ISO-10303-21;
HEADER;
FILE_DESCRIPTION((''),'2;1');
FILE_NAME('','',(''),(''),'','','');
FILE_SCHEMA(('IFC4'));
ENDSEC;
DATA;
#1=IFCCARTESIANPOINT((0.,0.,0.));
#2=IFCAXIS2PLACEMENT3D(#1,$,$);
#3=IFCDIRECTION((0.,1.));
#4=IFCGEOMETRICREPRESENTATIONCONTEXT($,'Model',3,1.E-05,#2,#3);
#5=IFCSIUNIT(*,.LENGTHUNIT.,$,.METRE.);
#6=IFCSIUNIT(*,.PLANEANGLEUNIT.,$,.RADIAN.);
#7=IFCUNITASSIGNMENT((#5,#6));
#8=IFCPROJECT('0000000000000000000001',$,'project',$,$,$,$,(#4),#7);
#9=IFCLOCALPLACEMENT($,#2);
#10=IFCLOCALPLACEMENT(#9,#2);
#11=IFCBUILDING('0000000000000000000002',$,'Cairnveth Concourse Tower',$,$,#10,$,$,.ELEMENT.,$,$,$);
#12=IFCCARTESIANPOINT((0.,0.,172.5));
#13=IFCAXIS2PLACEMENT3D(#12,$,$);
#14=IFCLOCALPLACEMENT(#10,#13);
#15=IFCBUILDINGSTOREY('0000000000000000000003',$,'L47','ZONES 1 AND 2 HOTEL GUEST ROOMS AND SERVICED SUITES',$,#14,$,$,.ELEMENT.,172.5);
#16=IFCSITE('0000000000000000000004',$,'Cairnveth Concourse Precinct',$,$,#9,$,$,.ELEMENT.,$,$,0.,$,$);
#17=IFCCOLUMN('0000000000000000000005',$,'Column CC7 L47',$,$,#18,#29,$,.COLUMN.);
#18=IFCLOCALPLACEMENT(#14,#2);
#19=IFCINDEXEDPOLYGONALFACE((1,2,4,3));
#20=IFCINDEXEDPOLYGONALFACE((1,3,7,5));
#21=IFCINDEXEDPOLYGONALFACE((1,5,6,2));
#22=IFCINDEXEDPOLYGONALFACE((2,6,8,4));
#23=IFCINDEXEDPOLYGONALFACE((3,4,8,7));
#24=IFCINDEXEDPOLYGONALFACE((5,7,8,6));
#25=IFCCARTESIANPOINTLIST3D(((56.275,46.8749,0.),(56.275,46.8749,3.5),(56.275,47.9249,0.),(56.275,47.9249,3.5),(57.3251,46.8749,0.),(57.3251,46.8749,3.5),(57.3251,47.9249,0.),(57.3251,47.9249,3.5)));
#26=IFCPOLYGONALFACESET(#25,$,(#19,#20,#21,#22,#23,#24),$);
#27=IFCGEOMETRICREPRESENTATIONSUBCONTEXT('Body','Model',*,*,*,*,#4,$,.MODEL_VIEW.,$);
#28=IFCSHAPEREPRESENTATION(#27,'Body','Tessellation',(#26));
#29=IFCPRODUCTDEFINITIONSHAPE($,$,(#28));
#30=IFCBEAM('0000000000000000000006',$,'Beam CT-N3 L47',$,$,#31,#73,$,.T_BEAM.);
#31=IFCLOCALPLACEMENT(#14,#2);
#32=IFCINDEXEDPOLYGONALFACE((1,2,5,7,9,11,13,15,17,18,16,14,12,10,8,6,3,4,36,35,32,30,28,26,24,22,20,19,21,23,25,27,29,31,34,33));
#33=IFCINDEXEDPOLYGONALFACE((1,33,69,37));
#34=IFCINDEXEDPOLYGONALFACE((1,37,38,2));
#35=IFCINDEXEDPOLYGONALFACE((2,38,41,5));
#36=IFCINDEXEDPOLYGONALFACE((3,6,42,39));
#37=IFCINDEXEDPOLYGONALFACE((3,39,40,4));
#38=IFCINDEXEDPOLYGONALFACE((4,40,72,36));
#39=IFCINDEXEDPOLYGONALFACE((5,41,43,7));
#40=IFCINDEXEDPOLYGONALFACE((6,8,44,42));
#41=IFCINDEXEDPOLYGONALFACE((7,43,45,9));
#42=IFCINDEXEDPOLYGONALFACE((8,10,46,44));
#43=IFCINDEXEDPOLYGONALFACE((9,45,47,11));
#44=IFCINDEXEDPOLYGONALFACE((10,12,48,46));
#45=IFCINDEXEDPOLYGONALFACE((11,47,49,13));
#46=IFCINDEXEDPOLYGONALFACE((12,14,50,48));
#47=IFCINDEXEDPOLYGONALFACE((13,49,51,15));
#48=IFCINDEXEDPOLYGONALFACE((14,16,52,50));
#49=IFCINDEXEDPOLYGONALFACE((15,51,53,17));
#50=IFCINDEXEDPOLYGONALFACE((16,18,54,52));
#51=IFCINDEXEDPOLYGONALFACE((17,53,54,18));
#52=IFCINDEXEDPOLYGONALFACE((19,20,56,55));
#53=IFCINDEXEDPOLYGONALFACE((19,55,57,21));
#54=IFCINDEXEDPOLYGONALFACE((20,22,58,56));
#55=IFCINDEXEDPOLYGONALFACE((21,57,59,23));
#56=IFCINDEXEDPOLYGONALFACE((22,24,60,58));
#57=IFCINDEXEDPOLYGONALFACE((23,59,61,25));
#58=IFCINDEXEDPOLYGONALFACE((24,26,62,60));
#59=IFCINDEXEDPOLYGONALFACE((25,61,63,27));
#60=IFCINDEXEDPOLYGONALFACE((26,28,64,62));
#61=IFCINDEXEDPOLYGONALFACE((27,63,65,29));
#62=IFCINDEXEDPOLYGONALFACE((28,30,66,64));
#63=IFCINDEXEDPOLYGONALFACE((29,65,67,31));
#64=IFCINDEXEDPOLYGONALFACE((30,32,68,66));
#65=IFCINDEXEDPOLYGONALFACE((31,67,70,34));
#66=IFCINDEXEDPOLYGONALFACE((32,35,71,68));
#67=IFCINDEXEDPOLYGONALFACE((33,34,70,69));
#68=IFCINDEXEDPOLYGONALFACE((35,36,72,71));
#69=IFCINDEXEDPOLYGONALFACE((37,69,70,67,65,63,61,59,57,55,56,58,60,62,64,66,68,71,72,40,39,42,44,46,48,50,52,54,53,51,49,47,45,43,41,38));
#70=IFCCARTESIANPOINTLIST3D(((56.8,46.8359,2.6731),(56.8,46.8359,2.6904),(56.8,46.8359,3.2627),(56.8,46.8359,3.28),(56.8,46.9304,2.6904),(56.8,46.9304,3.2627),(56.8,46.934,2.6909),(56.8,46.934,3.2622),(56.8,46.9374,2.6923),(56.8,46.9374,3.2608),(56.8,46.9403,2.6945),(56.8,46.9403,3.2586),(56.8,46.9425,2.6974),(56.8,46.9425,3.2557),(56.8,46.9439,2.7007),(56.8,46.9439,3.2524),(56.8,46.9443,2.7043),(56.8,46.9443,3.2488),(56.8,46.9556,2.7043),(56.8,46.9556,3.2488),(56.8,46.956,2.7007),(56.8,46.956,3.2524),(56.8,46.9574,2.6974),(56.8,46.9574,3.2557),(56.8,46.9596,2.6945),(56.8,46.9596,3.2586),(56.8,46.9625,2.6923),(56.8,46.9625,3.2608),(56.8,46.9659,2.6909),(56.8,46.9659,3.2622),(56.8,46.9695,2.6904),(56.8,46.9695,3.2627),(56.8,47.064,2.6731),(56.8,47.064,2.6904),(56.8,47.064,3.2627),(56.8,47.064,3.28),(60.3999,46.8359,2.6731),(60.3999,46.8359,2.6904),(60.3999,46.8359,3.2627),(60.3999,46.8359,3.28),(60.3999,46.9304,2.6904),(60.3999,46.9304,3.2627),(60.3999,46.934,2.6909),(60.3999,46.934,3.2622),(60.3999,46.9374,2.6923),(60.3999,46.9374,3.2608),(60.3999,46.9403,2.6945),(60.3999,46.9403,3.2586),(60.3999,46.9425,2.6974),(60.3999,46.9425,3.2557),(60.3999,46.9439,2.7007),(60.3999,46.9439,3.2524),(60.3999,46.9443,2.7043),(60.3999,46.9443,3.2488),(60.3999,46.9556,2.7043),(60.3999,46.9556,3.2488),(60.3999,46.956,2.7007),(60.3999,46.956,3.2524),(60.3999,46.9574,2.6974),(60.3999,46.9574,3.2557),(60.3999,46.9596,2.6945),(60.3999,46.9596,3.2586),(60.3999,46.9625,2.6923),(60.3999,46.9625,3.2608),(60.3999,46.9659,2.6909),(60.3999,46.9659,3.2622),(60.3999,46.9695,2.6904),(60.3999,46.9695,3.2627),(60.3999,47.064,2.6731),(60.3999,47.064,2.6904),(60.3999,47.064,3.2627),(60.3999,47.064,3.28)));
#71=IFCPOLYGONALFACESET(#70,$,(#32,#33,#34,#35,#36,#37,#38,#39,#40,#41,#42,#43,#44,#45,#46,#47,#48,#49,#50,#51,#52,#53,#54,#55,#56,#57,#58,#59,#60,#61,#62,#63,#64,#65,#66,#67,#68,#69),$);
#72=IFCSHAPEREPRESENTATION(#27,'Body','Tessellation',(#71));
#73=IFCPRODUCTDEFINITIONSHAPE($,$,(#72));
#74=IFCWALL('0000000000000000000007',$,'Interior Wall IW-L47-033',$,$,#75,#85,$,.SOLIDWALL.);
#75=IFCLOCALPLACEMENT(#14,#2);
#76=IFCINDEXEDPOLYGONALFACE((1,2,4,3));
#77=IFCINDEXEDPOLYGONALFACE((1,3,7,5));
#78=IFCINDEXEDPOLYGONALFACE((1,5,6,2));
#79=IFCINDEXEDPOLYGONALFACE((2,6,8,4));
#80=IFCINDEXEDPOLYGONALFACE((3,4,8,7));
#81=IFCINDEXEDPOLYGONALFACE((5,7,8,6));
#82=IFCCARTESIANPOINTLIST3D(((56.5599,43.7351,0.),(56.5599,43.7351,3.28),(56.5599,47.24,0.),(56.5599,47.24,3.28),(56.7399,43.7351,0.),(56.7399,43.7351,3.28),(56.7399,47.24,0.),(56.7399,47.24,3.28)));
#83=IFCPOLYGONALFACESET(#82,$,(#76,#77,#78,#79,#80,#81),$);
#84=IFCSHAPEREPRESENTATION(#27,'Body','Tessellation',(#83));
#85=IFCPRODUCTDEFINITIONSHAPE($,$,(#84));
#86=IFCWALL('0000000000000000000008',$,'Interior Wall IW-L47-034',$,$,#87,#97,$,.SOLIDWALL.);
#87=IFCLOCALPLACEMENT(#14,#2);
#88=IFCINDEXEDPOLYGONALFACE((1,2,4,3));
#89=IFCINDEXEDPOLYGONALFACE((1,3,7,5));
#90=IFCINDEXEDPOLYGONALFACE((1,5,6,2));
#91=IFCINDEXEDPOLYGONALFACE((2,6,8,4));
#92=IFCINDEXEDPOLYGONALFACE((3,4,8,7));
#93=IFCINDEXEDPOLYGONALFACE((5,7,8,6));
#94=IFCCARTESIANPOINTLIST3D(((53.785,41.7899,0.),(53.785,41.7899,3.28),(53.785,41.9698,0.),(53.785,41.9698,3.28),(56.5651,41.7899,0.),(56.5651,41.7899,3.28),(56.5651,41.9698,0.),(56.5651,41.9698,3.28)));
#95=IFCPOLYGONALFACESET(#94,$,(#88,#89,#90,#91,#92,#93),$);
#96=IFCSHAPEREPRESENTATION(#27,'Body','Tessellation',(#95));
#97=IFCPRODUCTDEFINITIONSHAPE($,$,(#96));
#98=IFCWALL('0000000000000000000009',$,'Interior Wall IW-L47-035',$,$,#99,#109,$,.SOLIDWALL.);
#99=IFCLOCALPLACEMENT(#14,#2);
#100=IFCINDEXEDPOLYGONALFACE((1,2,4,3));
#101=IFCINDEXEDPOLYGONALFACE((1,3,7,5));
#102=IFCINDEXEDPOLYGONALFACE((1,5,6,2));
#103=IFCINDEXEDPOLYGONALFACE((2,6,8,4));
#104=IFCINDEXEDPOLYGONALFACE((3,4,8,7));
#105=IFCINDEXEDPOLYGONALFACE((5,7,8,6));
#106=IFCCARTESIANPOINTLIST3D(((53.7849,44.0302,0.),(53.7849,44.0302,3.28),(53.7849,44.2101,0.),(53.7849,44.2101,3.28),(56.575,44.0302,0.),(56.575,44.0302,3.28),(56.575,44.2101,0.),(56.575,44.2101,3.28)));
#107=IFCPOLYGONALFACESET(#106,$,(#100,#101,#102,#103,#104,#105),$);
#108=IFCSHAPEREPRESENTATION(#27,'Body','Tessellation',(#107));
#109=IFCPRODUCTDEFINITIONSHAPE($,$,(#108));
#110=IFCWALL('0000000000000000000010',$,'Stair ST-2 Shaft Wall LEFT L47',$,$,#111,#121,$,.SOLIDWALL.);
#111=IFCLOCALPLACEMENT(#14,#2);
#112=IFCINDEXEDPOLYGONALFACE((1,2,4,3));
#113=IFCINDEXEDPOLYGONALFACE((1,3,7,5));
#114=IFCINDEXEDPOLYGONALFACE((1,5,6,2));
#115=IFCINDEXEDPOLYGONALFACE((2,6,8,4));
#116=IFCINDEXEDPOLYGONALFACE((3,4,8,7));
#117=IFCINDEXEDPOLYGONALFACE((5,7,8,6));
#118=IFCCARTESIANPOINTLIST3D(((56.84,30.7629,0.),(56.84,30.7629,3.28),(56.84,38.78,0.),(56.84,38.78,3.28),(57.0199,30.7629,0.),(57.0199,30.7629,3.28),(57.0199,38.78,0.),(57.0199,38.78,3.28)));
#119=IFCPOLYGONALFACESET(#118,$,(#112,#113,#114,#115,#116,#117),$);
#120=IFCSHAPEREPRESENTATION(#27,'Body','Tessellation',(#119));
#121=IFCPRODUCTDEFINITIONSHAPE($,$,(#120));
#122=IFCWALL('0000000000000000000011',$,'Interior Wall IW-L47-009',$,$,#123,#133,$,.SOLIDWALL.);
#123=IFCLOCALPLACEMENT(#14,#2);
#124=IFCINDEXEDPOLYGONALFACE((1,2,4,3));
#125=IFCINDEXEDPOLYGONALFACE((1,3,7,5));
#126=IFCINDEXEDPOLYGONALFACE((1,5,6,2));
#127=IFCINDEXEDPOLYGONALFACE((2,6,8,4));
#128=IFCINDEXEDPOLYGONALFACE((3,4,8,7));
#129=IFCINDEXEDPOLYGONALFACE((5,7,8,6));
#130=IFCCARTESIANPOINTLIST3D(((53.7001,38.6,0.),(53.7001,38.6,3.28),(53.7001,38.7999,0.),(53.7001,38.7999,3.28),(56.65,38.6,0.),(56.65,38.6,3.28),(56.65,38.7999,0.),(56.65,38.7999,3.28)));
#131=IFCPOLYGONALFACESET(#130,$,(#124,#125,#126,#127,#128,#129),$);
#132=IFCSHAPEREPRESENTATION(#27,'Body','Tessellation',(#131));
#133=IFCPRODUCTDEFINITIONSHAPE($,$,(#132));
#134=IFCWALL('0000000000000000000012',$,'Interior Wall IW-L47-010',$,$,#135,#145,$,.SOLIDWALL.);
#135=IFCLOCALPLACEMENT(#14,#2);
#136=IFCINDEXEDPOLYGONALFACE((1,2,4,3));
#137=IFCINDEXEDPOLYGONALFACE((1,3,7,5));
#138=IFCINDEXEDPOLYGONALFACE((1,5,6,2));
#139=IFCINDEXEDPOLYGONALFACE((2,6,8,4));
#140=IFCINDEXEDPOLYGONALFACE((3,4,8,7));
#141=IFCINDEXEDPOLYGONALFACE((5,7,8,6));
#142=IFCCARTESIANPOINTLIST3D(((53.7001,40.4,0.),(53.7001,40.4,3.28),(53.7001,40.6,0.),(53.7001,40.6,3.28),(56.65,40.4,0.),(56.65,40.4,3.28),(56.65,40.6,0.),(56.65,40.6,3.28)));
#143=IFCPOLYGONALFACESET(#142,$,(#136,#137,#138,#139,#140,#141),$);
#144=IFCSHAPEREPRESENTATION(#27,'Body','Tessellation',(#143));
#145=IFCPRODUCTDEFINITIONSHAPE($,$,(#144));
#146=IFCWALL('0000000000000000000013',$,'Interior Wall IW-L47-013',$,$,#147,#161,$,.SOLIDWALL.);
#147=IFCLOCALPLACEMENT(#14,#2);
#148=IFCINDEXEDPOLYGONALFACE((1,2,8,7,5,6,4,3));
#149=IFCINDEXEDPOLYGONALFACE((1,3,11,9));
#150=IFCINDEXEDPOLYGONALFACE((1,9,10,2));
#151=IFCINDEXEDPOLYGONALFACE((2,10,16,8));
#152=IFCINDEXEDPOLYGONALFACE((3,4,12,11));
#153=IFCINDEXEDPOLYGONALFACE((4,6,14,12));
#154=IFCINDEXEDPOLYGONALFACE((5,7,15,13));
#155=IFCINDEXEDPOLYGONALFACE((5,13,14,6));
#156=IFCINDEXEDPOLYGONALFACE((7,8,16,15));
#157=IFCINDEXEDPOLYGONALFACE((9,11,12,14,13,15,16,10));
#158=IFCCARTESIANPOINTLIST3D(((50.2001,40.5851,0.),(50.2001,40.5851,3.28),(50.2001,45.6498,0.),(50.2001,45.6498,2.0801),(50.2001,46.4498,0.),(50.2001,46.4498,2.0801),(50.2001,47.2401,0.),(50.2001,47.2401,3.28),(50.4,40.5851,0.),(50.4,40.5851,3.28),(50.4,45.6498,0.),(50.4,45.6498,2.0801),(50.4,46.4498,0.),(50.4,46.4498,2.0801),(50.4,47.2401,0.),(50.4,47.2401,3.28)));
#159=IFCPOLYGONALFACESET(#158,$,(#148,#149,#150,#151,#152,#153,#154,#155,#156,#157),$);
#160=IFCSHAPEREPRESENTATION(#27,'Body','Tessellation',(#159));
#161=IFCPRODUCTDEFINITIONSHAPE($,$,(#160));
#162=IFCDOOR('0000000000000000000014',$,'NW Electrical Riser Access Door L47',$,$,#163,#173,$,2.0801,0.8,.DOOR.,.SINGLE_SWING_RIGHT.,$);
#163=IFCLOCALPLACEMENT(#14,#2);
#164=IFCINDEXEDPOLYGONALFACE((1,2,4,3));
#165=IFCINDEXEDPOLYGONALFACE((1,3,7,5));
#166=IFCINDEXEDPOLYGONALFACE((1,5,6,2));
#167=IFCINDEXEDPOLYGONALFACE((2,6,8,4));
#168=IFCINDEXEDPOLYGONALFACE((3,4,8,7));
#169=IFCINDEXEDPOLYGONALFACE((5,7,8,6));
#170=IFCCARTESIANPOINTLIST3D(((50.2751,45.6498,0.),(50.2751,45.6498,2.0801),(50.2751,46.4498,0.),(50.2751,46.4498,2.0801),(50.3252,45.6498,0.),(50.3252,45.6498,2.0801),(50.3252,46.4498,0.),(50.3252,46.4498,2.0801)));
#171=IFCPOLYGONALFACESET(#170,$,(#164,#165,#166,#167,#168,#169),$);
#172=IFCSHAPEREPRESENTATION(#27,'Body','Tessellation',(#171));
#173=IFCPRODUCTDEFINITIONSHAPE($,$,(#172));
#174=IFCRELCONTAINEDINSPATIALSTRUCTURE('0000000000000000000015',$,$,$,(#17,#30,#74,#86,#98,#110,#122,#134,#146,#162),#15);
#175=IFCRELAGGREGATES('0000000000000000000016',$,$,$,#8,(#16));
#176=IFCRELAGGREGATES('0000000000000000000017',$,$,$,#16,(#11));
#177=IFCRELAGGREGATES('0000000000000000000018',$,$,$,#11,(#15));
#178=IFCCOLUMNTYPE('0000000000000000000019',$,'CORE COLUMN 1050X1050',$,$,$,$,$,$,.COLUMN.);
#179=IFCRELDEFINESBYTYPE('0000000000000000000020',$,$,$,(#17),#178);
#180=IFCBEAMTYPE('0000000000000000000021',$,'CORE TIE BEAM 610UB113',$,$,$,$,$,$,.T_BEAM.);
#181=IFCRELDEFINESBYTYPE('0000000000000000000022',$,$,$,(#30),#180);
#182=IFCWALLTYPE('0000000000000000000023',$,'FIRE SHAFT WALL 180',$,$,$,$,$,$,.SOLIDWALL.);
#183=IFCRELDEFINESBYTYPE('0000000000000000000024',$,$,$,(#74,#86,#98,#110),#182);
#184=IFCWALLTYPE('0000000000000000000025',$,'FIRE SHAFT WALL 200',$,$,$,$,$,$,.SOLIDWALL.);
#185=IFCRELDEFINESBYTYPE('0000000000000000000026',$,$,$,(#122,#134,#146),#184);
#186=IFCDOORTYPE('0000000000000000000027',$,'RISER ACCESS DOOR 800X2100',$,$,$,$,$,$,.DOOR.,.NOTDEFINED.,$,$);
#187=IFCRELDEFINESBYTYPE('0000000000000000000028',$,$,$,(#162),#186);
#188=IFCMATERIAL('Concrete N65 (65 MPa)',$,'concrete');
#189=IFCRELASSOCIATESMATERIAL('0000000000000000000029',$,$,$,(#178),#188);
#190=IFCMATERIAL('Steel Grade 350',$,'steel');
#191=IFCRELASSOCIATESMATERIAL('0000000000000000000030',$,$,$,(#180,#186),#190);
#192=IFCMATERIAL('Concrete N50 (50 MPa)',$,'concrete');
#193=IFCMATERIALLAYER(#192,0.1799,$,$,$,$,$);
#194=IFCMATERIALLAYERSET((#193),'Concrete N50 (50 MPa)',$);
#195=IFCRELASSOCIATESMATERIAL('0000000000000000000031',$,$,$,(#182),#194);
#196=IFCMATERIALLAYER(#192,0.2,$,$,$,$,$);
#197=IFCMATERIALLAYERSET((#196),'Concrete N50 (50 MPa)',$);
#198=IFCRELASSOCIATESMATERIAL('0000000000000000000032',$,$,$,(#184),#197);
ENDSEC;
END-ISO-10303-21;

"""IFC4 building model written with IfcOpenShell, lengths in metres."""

from ifc_helpers import new_model, si_unit, direction, frame, frame_2d, origin, origin_2d, place, context, subcontext, project, spatial, rectangle, i_section, extrude, material, layer, layer_set, material_profile, profile_set, type_object, element, fill, save


model = new_model("IFC4")

# Units and contexts
model_context = context("Model", 3, precision=1e-05, world=origin(), true_north=direction((0.0, 1.0)))
body_context = subcontext(model_context, "Body", "Model", "MODEL_VIEW")
ifc_project = project(units=[si_unit("LENGTHUNIT", "METRE"), si_unit("PLANEANGLEUNIT", "RADIAN")], contexts=[model_context])

# Site, building, storey
site_placement = place(None, origin())
site = spatial("IfcSite", under=ifc_project, at=site_placement, Name="Cairnveth Concourse Precinct", CompositionType="ELEMENT", RefElevation=0.0)
building_placement = place(site_placement, origin())
building = spatial("IfcBuilding", under=site, at=building_placement, Name="Cairnveth Concourse Tower", CompositionType="ELEMENT")
storey_placement = place(building_placement, frame((0.0, 0.0, 172.5)))
storey = spatial("IfcBuildingStorey", under=building, at=storey_placement, Name="L47", Description="ZONES 1 AND 2 HOTEL GUEST ROOMS AND SERVICED SUITES", CompositionType="ELEMENT", Elevation=172.5)

# Column
ifc_material_1 = material(Name="Concrete N65 (65 MPa)", Category="concrete")
ifc_material_profile_1 = material_profile(ifc_material_1, rectangle(XDim=1.05, YDim=1.05, at=origin_2d()), Name="RC-COL-1050x1050")
ifc_profile_set_1 = profile_set([ifc_material_profile_1], Name="Concrete N65 (65 MPa)")
column_type = type_object("IfcColumnType", Name="CORE COLUMN 1050X1050", PredefinedType="COLUMN", material=ifc_profile_set_1)
column_placement = place(storey_placement, frame((56.8, 47.3999, 0.0), z_axis=(0.0, 0.0, 1.0), x_axis=(1.0, 0.0, 0.0)))
element("IfcColumn", 1, at=column_placement, inside=storey, type_object=column_type, Name="Column CC7 L47", PredefinedType="COLUMN", context=body_context, shape_type="SweptSolid", body=[
    extrude(rectangle(XDim=1.05, YDim=1.05, at=origin_2d()), origin(), (0.0, 0.0, 1.0), 3.5),
])

# Beam
ifc_material_2 = material(Name="Steel Grade 350", Category="steel")
ifc_material_profile_2 = material_profile(ifc_material_2, i_section(OverallWidth=0.228, OverallDepth=0.6069, WebThickness=0.0112, FlangeThickness=0.0173, FilletRadius=0.0139, at=origin_2d()), Name="610UB113")
ifc_profile_set_2 = profile_set([ifc_material_profile_2], Name="Steel Grade 350")
beam_type = type_object("IfcBeamType", Name="CORE TIE BEAM 610UB113", PredefinedType="T_BEAM", material=ifc_profile_set_2)
beam_placement = place(storey_placement, frame((56.8, 46.95, 2.9766), z_axis=(1.0, 0.0, 0.0), x_axis=(0.0, 1.0, 0.0)))
element("IfcBeam", 2, at=beam_placement, inside=storey, type_object=beam_type, Name="Beam CT-N3 L47", PredefinedType="T_BEAM", context=body_context, shape_type="SweptSolid", body=[
    extrude(i_section(OverallWidth=0.228, OverallDepth=0.6069, WebThickness=0.0112, FlangeThickness=0.0173, FilletRadius=0.0139, at=origin_2d()), origin(), (0.0, 0.0, 1.0), 3.5999),
])

# Walls
ifc_material_3 = material(Name="Concrete N50 (50 MPa)", Category="concrete")
ifc_layer_1 = layer(ifc_material_3, 0.1799)
ifc_layer_set_1 = layer_set([ifc_layer_1], Name="Concrete N50 (50 MPa)")
wall_type_1 = type_object("IfcWallType", Name="FIRE SHAFT WALL 180", PredefinedType="SOLIDWALL", material=ifc_layer_set_1)
wall_1_placement = place(storey_placement, frame((56.6499, 43.7351, 0.0), z_axis=(0.0, 0.0, 1.0), x_axis=(0.0, 1.0, 0.0)))
element("IfcWall", 3, at=wall_1_placement, inside=storey, type_object=wall_type_1, Name="Interior Wall IW-L47-033", PredefinedType="SOLIDWALL", context=body_context, shape_type="SweptSolid", body=[
    extrude(rectangle(XDim=3.5049, YDim=0.1799, at=frame_2d((1.7524, 0.0))), origin(), (0.0, 0.0, 1.0), 3.28),
])
wall_2_placement = place(storey_placement, frame((53.7849, 41.8799, 0.0), z_axis=(0.0, 0.0, 1.0), x_axis=(1.0, 0.0, 0.0)))
element("IfcWall", 4, at=wall_2_placement, inside=storey, type_object=wall_type_1, Name="Interior Wall IW-L47-034", PredefinedType="SOLIDWALL", context=body_context, shape_type="SweptSolid", body=[
    extrude(rectangle(XDim=2.78, YDim=0.1799, at=frame_2d((1.3901, 0.0))), origin(), (0.0, 0.0, 1.0), 3.28),
])
wall_3_placement = place(storey_placement, frame((53.7849, 44.1201, 0.0), z_axis=(0.0, 0.0, 1.0), x_axis=(1.0, 0.0, 0.0)))
element("IfcWall", 5, at=wall_3_placement, inside=storey, type_object=wall_type_1, Name="Interior Wall IW-L47-035", PredefinedType="SOLIDWALL", context=body_context, shape_type="SweptSolid", body=[
    extrude(rectangle(XDim=2.79, YDim=0.1799, at=frame_2d((1.395, 0.0))), origin(), (0.0, 0.0, 1.0), 3.28),
])

# Walls
wall_4_placement = place(storey_placement, frame((56.9299, 38.78, 0.0), z_axis=(0.0, 0.0, 1.0), x_axis=(0.0, -1.0, 0.0)))
element("IfcWall", 6, at=wall_4_placement, inside=storey, type_object=wall_type_1, Name="Stair ST-2 Shaft Wall LEFT L47", PredefinedType="SOLIDWALL", context=body_context, shape_type="SweptSolid", body=[
    extrude(rectangle(XDim=8.0171, YDim=0.1799, at=frame_2d((4.0085, 0.0))), origin(), (0.0, 0.0, 1.0), 3.28),
])
ifc_layer_2 = layer(ifc_material_3, 0.2)
ifc_layer_set_2 = layer_set([ifc_layer_2], Name="Concrete N50 (50 MPa)")
wall_type_2 = type_object("IfcWallType", Name="FIRE SHAFT WALL 200", PredefinedType="SOLIDWALL", material=ifc_layer_set_2)
for number, where, z_axis, x_axis, name in (
    (7, (53.7, 38.7, 0.0), (0.0, 0.0, 1.0), (1.0, 0.0, 0.0), "Interior Wall IW-L47-009"),
    (8, (53.7, 40.5, 0.0), (0.0, 0.0, 1.0), (1.0, 0.0, 0.0), "Interior Wall IW-L47-010"),
):
    element("IfcWall", number, at=place(storey_placement, frame(where, z_axis=z_axis, x_axis=x_axis)), inside=storey, type_object=wall_type_2, Name=name, PredefinedType="SOLIDWALL", context=body_context, shape_type="SweptSolid", body=[
        extrude(rectangle(XDim=2.95, YDim=0.2, at=frame_2d((1.4751, 0.0))), origin(), (0.0, 0.0, 1.0), 3.28),
    ])

# Wall, opening, door
wall_5_placement = place(storey_placement, frame((50.3, 40.585, 0.0), z_axis=(0.0, 0.0, 1.0), x_axis=(0.0, 1.0, 0.0)))
wall_5 = element("IfcWall", 9, at=wall_5_placement, inside=storey, type_object=wall_type_2, Name="Interior Wall IW-L47-013", PredefinedType="SOLIDWALL", context=body_context, shape_type="SweptSolid", body=[
    extrude(rectangle(XDim=6.655, YDim=0.2, at=frame_2d((3.3276, 0.0))), origin(), (0.0, 0.0, 1.0), 3.28),
])
opening_1_placement = place(wall_5_placement, frame((5.0649, 0.0, 0.0)))
opening_1 = element("IfcOpeningElement", 10, at=opening_1_placement, cuts=wall_5, PredefinedType="OPENING", context=body_context, shape_type="SweptSolid", body=[
    extrude(rectangle(XDim=0.8, YDim=2.0801, at=frame_2d((0.3999, 1.04))), frame((0.0, 0.1099, 0.0), z_axis=(0.0, -1.0, 0.0), x_axis=(1.0, 0.0, 0.0)), (0.0, 0.0, 1.0), 0.22),
])
door_type_1 = type_object("IfcDoorType", Name="RISER ACCESS DOOR 800X2100", OperationType="NOTDEFINED", PredefinedType="DOOR", material=ifc_material_2)
door_1_placement = place(opening_1_placement, origin())
door_1 = element("IfcDoor", 11, at=door_1_placement, inside=storey, type_object=door_type_1, Name="NW Electrical Riser Access Door L47", OperationType="SINGLE_SWING_RIGHT", OverallHeight=2.0801, OverallWidth=0.8, PredefinedType="DOOR", context=body_context, shape_type="SweptSolid", body=[
    extrude(rectangle(XDim=0.8, YDim=2.0801, at=frame_2d((0.3999, 1.04))), frame((0.0, 0.0249, 0.0), z_axis=(0.0, -1.0, 0.0), x_axis=(1.0, 0.0, 0.0)), (0.0, 0.0, 1.0), 0.05),
])
fill(opening_1, door_1)

save(model, "model.ifc")
